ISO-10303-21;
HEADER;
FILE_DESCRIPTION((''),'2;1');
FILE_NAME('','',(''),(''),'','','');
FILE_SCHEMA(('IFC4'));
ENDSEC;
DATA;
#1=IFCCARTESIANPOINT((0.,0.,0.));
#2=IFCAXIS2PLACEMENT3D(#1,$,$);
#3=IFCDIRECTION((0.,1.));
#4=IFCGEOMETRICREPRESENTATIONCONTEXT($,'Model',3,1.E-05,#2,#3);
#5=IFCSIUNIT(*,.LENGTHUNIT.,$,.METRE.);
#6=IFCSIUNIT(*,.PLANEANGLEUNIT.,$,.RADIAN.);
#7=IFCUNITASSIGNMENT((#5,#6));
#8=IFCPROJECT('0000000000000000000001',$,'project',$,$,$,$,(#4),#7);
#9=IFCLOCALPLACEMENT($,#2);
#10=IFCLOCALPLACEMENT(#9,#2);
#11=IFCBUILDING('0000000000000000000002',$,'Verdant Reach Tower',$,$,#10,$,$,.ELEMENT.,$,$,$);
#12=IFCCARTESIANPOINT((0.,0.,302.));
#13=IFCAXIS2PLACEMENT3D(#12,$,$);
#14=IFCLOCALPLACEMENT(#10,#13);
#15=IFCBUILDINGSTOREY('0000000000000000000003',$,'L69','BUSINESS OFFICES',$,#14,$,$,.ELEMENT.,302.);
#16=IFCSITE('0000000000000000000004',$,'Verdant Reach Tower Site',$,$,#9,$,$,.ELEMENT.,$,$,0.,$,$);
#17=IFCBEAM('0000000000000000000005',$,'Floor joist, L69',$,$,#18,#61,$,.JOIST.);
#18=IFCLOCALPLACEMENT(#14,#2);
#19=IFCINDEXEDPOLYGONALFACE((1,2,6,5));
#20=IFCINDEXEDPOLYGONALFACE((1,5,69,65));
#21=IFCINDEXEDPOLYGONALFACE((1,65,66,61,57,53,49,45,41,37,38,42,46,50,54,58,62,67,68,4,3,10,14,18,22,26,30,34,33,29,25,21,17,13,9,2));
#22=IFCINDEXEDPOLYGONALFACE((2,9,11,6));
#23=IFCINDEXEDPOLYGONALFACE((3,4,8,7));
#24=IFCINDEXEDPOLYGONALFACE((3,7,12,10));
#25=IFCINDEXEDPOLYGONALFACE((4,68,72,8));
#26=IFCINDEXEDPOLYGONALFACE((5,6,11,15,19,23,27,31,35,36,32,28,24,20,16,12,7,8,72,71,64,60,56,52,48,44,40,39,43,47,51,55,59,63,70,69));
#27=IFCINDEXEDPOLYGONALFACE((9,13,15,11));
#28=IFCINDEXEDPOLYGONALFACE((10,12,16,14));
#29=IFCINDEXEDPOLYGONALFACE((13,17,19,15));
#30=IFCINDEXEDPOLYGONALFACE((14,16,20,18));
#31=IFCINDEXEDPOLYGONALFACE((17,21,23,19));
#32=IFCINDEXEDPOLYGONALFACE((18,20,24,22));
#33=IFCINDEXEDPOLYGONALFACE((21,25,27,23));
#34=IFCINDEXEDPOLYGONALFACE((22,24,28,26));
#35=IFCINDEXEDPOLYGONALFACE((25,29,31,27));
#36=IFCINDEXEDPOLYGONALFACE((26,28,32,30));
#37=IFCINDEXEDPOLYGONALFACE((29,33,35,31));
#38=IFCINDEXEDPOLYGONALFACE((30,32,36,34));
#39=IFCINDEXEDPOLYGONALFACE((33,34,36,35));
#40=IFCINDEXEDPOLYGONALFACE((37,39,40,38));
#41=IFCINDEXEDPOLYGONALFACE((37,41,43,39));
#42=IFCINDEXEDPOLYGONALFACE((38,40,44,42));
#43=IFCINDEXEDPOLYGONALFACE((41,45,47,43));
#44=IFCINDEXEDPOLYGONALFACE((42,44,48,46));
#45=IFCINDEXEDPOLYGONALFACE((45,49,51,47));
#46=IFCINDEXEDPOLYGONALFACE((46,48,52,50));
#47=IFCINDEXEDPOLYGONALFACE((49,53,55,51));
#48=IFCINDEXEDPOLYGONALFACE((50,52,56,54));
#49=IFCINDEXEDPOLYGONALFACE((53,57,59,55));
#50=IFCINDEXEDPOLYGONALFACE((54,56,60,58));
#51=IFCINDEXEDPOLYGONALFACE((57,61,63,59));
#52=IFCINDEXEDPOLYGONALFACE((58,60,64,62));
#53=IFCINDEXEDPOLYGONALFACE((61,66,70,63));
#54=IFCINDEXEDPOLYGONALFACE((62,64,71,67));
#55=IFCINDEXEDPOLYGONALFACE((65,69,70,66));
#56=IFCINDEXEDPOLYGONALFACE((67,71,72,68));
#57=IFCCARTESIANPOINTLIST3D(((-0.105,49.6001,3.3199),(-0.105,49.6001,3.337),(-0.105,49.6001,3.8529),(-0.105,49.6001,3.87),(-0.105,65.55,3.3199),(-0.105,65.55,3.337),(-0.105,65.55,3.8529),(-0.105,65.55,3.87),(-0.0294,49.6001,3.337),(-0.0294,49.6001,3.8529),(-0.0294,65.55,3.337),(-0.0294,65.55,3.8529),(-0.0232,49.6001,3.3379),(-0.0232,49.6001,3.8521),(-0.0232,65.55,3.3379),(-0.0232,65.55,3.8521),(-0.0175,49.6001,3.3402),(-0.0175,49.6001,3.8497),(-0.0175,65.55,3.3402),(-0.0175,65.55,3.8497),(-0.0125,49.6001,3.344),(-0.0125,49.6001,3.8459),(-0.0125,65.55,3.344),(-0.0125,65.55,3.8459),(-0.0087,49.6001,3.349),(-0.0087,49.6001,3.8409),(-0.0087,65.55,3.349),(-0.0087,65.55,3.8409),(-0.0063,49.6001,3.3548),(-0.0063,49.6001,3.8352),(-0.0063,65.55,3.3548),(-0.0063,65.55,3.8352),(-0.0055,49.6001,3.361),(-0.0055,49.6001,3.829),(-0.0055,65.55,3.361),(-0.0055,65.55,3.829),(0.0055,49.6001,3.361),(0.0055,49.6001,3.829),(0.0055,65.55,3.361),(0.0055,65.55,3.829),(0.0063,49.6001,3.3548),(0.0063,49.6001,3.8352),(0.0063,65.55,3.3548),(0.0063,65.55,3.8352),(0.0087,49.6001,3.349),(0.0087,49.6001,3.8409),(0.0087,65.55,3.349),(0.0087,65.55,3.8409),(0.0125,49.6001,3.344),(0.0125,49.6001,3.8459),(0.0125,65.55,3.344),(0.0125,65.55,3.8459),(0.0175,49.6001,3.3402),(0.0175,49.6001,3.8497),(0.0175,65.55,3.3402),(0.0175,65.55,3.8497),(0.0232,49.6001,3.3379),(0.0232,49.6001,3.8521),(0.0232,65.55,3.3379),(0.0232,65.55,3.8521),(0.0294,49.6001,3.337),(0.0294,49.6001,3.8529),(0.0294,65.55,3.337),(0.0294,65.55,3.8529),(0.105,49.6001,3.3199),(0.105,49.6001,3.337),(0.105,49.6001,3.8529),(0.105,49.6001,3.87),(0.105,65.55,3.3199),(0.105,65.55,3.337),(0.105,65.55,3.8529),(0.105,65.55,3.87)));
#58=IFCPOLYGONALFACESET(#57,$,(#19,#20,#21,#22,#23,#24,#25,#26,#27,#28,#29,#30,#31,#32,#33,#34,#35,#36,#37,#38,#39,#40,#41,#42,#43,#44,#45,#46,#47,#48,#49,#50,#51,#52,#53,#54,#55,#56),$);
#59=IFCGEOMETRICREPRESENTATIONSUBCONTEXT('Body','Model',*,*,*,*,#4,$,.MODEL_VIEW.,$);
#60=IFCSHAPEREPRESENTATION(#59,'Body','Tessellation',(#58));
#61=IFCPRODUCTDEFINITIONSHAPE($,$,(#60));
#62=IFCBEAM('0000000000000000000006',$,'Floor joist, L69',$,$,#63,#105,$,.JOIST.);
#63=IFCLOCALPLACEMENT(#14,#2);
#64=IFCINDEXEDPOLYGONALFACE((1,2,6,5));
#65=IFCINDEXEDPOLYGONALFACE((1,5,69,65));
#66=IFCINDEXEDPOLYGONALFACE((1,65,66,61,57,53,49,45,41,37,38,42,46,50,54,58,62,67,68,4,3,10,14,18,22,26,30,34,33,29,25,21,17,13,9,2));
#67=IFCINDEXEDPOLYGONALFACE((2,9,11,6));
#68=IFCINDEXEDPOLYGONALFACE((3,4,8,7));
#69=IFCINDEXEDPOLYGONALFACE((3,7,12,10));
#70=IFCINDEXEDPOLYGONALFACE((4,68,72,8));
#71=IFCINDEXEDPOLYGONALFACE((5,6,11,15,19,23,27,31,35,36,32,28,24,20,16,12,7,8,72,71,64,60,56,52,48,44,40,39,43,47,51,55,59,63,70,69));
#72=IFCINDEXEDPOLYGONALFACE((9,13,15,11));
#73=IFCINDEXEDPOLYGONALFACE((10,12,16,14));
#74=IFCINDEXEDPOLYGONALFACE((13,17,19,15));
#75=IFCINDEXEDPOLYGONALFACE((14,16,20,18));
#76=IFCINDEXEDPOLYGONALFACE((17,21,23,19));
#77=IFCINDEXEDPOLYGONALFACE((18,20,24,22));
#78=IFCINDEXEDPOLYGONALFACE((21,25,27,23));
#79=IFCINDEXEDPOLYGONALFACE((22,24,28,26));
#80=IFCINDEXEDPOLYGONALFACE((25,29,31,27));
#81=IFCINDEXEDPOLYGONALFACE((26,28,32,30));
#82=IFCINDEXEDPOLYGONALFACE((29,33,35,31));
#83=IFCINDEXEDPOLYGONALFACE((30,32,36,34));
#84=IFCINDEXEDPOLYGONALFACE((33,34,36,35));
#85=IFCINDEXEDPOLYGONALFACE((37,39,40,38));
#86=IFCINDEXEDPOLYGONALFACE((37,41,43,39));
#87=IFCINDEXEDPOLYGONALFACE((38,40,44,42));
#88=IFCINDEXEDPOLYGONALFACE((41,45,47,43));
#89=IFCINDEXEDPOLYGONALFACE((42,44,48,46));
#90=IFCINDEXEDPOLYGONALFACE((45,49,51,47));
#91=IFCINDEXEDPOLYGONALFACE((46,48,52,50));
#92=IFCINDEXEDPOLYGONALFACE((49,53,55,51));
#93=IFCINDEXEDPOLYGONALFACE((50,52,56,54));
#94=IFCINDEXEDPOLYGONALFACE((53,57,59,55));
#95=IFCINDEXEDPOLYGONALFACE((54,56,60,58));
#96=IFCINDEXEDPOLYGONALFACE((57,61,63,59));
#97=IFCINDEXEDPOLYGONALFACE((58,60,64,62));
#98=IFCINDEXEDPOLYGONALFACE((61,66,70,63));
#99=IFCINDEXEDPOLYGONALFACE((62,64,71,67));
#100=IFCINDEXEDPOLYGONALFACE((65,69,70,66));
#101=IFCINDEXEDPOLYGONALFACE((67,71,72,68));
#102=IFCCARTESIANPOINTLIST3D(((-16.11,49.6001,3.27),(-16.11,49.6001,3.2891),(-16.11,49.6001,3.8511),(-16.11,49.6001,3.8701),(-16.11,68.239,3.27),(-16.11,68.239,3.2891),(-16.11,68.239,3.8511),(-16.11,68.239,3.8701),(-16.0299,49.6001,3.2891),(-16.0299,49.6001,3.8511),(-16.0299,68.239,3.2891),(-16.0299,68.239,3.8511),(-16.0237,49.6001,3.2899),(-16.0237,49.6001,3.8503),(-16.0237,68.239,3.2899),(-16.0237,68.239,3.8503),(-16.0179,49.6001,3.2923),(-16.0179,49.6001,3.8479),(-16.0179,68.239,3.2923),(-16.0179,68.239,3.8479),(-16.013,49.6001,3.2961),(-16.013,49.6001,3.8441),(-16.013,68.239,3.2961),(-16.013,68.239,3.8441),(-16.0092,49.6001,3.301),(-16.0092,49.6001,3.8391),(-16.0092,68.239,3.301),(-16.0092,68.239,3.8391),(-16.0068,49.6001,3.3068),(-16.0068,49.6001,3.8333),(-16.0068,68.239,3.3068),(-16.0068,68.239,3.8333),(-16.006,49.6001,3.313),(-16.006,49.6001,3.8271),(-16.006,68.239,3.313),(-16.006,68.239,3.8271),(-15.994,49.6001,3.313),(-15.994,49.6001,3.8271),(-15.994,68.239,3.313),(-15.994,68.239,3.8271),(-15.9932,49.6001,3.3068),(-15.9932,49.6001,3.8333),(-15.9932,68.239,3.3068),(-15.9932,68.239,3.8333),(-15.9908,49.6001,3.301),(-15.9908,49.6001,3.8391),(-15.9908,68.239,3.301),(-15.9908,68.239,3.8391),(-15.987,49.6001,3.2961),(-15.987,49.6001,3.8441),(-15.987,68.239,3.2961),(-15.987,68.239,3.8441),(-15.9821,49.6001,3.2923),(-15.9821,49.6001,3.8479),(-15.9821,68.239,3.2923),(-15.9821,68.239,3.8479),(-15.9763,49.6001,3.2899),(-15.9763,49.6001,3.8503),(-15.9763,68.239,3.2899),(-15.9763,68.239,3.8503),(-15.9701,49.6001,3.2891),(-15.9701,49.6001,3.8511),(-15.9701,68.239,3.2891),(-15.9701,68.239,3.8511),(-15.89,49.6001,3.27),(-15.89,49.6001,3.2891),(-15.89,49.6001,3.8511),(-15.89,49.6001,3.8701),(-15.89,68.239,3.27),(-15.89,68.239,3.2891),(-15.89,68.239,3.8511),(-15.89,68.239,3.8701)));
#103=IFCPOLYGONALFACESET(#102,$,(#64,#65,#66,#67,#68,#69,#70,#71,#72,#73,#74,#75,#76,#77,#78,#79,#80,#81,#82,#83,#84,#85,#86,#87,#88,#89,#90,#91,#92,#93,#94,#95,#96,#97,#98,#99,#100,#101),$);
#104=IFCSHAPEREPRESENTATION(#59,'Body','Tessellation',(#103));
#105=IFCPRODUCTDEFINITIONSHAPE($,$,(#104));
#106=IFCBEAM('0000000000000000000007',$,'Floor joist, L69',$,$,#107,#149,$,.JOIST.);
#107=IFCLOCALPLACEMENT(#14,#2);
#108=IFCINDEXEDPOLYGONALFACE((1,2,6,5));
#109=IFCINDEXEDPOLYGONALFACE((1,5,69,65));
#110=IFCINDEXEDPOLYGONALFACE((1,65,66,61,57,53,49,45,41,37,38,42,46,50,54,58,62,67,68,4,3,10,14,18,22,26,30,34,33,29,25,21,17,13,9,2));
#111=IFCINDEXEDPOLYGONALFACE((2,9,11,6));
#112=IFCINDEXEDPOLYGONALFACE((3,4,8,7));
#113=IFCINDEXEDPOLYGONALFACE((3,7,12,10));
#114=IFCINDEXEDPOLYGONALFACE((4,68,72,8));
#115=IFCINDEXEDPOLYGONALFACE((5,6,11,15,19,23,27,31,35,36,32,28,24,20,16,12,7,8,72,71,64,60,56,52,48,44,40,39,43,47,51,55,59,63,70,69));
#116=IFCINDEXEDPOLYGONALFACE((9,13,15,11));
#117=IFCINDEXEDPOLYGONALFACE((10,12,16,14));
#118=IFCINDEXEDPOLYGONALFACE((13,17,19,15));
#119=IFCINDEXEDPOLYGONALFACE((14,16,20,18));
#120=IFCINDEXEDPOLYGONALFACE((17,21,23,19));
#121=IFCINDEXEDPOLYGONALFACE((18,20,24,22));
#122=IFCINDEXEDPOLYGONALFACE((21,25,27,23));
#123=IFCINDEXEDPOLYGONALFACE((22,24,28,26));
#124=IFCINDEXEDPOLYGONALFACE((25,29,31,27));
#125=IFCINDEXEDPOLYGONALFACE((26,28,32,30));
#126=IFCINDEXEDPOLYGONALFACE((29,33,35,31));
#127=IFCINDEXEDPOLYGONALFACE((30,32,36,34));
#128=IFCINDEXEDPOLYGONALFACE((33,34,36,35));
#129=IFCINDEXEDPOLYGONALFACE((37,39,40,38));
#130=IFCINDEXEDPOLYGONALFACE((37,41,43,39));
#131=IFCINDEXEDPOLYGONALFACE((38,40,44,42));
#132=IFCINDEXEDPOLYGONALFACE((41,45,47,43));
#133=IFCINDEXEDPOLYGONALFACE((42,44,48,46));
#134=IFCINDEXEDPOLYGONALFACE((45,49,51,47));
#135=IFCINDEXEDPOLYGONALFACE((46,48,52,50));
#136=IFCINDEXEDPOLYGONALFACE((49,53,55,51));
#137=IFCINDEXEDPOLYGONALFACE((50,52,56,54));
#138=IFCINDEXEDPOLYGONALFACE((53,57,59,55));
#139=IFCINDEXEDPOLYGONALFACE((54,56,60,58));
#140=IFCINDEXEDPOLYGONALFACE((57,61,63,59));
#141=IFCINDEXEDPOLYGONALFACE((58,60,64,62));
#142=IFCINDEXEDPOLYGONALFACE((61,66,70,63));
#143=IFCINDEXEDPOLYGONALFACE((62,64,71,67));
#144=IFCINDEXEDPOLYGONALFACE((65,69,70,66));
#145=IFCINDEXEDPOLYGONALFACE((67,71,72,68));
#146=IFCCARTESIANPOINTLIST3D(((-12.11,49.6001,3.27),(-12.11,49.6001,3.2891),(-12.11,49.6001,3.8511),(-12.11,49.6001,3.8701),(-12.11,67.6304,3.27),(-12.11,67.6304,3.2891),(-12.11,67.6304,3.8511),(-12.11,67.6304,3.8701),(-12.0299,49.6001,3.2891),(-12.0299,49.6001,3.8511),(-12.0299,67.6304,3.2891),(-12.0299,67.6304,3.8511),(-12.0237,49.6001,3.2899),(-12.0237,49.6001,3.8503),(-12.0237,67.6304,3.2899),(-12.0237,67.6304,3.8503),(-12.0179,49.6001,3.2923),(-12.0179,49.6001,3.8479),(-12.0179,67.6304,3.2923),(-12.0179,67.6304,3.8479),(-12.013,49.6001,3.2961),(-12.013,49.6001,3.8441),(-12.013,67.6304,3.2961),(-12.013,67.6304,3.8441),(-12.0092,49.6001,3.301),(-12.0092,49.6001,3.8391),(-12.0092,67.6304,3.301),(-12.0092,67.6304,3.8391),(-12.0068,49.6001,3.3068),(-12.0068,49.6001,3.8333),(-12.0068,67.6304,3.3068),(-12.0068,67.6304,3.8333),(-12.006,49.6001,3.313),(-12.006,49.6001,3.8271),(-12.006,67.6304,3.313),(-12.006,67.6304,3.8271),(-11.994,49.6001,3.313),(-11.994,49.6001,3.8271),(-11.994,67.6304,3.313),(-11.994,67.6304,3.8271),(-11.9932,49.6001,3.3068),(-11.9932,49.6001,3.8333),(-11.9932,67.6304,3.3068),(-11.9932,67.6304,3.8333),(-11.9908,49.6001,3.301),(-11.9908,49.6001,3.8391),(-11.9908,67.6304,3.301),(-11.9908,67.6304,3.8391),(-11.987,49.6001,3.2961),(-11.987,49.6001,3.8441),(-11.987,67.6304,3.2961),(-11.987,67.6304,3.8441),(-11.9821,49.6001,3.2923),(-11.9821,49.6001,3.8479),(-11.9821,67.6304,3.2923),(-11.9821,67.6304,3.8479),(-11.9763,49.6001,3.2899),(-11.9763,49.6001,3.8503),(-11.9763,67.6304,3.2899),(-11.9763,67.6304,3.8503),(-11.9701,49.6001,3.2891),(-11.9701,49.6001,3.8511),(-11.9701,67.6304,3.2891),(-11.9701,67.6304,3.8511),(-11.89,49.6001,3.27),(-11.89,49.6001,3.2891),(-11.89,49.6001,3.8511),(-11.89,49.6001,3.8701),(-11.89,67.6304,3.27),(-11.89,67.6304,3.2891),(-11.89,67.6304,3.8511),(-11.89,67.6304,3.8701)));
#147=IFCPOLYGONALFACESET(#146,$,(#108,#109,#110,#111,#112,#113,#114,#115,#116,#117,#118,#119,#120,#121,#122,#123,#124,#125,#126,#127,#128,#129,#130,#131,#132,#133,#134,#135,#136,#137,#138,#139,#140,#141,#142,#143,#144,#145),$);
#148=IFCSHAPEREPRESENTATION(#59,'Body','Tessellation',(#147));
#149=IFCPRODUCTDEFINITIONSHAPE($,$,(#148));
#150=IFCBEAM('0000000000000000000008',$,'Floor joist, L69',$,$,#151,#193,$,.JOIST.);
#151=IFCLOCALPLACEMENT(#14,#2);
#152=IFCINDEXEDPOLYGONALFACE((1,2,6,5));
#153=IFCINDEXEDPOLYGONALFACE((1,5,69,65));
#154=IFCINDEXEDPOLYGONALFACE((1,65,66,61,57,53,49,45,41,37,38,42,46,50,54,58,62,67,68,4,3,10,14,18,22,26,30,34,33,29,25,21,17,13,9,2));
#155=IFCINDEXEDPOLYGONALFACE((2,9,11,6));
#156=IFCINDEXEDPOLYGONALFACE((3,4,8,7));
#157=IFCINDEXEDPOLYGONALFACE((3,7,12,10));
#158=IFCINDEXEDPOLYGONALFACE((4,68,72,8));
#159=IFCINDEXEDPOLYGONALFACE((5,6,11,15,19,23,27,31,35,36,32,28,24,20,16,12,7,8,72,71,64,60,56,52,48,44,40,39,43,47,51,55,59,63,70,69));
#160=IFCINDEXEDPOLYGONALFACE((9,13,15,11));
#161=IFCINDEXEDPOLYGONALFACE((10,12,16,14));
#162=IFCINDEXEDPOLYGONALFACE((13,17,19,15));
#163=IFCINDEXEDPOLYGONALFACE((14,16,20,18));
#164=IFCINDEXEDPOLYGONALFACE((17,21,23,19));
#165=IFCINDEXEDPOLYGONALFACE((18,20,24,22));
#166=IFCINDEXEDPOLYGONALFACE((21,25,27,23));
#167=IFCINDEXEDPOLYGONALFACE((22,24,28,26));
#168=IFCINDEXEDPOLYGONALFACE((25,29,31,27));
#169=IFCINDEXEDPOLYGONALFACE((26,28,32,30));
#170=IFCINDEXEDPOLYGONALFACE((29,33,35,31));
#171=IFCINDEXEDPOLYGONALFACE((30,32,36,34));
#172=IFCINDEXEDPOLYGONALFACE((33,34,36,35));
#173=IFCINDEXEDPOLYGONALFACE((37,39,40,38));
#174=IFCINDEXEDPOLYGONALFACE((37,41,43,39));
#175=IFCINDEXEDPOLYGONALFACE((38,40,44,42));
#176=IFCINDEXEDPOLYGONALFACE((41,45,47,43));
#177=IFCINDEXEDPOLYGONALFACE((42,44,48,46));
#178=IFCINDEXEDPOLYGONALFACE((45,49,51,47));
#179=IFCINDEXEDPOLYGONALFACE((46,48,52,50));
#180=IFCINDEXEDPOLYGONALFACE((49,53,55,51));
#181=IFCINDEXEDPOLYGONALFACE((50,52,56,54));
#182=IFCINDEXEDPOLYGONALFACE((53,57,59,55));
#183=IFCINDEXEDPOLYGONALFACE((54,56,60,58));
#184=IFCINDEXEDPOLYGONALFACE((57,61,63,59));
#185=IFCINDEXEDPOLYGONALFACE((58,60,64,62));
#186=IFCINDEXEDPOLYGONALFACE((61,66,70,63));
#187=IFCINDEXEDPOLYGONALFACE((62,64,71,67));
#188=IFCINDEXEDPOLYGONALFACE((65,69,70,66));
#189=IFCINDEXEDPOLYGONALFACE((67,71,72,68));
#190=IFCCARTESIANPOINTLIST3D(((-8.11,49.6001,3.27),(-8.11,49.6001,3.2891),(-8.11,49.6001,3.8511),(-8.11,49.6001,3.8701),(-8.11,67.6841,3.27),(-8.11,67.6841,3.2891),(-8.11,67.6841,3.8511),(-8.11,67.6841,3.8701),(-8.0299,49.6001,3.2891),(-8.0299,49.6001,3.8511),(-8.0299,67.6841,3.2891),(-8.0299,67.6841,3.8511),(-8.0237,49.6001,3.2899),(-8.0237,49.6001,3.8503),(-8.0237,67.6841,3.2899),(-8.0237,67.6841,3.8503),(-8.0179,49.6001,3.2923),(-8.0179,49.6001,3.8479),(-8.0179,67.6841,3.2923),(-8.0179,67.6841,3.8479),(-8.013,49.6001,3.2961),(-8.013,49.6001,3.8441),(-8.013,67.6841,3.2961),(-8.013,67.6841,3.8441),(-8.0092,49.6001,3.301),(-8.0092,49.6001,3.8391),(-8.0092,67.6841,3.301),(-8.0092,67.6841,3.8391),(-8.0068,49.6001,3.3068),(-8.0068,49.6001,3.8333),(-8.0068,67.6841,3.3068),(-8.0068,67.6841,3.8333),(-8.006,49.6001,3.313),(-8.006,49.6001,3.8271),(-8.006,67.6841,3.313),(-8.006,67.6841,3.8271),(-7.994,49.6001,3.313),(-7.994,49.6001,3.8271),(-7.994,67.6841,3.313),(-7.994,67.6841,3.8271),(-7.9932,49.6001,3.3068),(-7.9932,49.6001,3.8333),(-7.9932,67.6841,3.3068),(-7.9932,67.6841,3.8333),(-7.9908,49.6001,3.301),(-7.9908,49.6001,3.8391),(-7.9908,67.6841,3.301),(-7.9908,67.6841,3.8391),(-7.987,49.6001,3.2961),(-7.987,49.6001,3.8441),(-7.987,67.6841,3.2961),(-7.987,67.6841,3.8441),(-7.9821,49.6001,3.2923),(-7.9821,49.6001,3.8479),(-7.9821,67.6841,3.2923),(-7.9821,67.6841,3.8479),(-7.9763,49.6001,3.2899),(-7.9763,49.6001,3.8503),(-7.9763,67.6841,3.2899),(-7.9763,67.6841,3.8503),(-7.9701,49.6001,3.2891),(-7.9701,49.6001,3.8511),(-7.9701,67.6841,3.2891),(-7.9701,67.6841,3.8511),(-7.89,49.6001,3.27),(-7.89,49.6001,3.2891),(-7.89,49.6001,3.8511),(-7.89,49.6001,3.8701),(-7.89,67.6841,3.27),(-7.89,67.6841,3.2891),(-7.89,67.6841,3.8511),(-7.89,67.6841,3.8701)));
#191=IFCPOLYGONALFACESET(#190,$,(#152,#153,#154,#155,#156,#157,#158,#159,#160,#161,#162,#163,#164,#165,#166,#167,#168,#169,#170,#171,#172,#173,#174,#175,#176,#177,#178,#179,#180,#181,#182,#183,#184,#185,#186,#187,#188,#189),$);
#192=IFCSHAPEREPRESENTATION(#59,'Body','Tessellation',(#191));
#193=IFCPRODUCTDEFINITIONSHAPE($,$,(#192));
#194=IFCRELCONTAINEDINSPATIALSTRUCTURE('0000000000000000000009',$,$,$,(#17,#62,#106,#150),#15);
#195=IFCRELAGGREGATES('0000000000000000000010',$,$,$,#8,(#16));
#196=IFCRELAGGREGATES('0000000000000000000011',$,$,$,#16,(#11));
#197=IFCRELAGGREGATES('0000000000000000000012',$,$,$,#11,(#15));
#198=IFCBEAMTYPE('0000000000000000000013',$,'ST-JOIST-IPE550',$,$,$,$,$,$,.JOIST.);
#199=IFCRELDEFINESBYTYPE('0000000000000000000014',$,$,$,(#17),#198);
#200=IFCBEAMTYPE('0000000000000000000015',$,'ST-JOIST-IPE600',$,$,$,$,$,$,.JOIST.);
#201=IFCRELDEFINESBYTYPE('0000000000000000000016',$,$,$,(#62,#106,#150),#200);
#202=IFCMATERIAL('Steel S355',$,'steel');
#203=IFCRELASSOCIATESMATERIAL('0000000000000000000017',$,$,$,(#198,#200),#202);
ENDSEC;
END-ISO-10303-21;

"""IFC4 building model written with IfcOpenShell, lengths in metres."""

from ifc_helpers import new_model, si_unit, direction, frame, origin, origin_2d, place, context, subcontext, project, spatial, i_section, extrude, material, material_profile, profile_set, type_object, element, save


model = new_model("IFC4")

# Units and contexts
model_context = context("Model", 3, precision=1e-05, world=origin(), true_north=direction((0.0, 1.0)))
body_context = subcontext(model_context, "Body", "Model", "MODEL_VIEW")
ifc_project = project(units=[si_unit("LENGTHUNIT", "METRE"), si_unit("PLANEANGLEUNIT", "RADIAN")], contexts=[model_context])

# Site, building, storey
site_placement = place(None, origin())
site = spatial("IfcSite", under=ifc_project, at=site_placement, Name="Verdant Reach Tower Site", CompositionType="ELEMENT", RefElevation=0.0)
building_placement = place(site_placement, origin())
building = spatial("IfcBuilding", under=site, at=building_placement, Name="Verdant Reach Tower", CompositionType="ELEMENT")
storey_placement = place(building_placement, frame((0.0, 0.0, 302.0)))
storey = spatial("IfcBuildingStorey", under=building, at=storey_placement, Name="L69", Description="BUSINESS OFFICES", CompositionType="ELEMENT", Elevation=302.0)

# Beams
ifc_material_1 = material(Name="Steel S355", Category="steel")
ifc_material_profile_1 = material_profile(ifc_material_1, i_section(OverallWidth=0.21, OverallDepth=0.55, WebThickness=0.011, FlangeThickness=0.0171, FilletRadius=0.0239, at=origin_2d()), Name="IPE 550")
ifc_profile_set_1 = profile_set([ifc_material_profile_1], Name="Steel S355")
beam_type_1 = type_object("IfcBeamType", Name="ST-JOIST-IPE550", PredefinedType="JOIST", material=ifc_profile_set_1)
beam_1_placement = place(storey_placement, frame((0.0, 49.6001, 3.595), z_axis=(0.0, 1.0, 0.0), x_axis=(-1.0, 0.0, 0.0)))
element("IfcBeam", 1, at=beam_1_placement, inside=storey, type_object=beam_type_1, Name="Floor joist, L69", PredefinedType="JOIST", context=body_context, shape_type="SweptSolid", body=[
    extrude(i_section(OverallWidth=0.21, OverallDepth=0.55, WebThickness=0.011, FlangeThickness=0.0171, FilletRadius=0.0239, at=origin_2d()), origin(), (0.0, 0.0, 1.0), 15.95),
])
ifc_material_profile_2 = material_profile(ifc_material_1, i_section(OverallWidth=0.22, OverallDepth=0.6001, WebThickness=0.012, FlangeThickness=0.019, FilletRadius=0.0239, at=origin_2d()), Name="IPE 600")
ifc_profile_set_2 = profile_set([ifc_material_profile_2], Name="Steel S355")
beam_type_2 = type_object("IfcBeamType", Name="ST-JOIST-IPE600", PredefinedType="JOIST", material=ifc_profile_set_2)
beam_2_placement = place(storey_placement, frame((-16.0, 49.6001, 3.5701), z_axis=(0.0, 1.0, 0.0), x_axis=(-1.0, 0.0, 0.0)))
element("IfcBeam", 2, at=beam_2_placement, inside=storey, type_object=beam_type_2, Name="Floor joist, L69", PredefinedType="JOIST", context=body_context, shape_type="SweptSolid", body=[
    extrude(i_section(OverallWidth=0.22, OverallDepth=0.6001, WebThickness=0.012, FlangeThickness=0.019, FilletRadius=0.0239, at=origin_2d()), origin(), (0.0, 0.0, 1.0), 18.6389),
])
beam_3_placement = place(storey_placement, frame((-12.0, 49.6001, 3.5701), z_axis=(0.0, 1.0, 0.0), x_axis=(-1.0, 0.0, 0.0)))
element("IfcBeam", 3, at=beam_3_placement, inside=storey, type_object=beam_type_2, Name="Floor joist, L69", PredefinedType="JOIST", context=body_context, shape_type="SweptSolid", body=[
    extrude(i_section(OverallWidth=0.22, OverallDepth=0.6001, WebThickness=0.012, FlangeThickness=0.019, FilletRadius=0.0239, at=origin_2d()), origin(), (0.0, 0.0, 1.0), 18.0303),
])
beam_4_placement = place(storey_placement, frame((-8.0, 49.6001, 3.5701), z_axis=(0.0, 1.0, 0.0), x_axis=(-1.0, 0.0, 0.0)))
element("IfcBeam", 4, at=beam_4_placement, inside=storey, type_object=beam_type_2, Name="Floor joist, L69", PredefinedType="JOIST", context=body_context, shape_type="SweptSolid", body=[
    extrude(i_section(OverallWidth=0.22, OverallDepth=0.6001, WebThickness=0.012, FlangeThickness=0.019, FilletRadius=0.0239, at=origin_2d()), origin(), (0.0, 0.0, 1.0), 18.084),
])

save(model, "model.ifc")
